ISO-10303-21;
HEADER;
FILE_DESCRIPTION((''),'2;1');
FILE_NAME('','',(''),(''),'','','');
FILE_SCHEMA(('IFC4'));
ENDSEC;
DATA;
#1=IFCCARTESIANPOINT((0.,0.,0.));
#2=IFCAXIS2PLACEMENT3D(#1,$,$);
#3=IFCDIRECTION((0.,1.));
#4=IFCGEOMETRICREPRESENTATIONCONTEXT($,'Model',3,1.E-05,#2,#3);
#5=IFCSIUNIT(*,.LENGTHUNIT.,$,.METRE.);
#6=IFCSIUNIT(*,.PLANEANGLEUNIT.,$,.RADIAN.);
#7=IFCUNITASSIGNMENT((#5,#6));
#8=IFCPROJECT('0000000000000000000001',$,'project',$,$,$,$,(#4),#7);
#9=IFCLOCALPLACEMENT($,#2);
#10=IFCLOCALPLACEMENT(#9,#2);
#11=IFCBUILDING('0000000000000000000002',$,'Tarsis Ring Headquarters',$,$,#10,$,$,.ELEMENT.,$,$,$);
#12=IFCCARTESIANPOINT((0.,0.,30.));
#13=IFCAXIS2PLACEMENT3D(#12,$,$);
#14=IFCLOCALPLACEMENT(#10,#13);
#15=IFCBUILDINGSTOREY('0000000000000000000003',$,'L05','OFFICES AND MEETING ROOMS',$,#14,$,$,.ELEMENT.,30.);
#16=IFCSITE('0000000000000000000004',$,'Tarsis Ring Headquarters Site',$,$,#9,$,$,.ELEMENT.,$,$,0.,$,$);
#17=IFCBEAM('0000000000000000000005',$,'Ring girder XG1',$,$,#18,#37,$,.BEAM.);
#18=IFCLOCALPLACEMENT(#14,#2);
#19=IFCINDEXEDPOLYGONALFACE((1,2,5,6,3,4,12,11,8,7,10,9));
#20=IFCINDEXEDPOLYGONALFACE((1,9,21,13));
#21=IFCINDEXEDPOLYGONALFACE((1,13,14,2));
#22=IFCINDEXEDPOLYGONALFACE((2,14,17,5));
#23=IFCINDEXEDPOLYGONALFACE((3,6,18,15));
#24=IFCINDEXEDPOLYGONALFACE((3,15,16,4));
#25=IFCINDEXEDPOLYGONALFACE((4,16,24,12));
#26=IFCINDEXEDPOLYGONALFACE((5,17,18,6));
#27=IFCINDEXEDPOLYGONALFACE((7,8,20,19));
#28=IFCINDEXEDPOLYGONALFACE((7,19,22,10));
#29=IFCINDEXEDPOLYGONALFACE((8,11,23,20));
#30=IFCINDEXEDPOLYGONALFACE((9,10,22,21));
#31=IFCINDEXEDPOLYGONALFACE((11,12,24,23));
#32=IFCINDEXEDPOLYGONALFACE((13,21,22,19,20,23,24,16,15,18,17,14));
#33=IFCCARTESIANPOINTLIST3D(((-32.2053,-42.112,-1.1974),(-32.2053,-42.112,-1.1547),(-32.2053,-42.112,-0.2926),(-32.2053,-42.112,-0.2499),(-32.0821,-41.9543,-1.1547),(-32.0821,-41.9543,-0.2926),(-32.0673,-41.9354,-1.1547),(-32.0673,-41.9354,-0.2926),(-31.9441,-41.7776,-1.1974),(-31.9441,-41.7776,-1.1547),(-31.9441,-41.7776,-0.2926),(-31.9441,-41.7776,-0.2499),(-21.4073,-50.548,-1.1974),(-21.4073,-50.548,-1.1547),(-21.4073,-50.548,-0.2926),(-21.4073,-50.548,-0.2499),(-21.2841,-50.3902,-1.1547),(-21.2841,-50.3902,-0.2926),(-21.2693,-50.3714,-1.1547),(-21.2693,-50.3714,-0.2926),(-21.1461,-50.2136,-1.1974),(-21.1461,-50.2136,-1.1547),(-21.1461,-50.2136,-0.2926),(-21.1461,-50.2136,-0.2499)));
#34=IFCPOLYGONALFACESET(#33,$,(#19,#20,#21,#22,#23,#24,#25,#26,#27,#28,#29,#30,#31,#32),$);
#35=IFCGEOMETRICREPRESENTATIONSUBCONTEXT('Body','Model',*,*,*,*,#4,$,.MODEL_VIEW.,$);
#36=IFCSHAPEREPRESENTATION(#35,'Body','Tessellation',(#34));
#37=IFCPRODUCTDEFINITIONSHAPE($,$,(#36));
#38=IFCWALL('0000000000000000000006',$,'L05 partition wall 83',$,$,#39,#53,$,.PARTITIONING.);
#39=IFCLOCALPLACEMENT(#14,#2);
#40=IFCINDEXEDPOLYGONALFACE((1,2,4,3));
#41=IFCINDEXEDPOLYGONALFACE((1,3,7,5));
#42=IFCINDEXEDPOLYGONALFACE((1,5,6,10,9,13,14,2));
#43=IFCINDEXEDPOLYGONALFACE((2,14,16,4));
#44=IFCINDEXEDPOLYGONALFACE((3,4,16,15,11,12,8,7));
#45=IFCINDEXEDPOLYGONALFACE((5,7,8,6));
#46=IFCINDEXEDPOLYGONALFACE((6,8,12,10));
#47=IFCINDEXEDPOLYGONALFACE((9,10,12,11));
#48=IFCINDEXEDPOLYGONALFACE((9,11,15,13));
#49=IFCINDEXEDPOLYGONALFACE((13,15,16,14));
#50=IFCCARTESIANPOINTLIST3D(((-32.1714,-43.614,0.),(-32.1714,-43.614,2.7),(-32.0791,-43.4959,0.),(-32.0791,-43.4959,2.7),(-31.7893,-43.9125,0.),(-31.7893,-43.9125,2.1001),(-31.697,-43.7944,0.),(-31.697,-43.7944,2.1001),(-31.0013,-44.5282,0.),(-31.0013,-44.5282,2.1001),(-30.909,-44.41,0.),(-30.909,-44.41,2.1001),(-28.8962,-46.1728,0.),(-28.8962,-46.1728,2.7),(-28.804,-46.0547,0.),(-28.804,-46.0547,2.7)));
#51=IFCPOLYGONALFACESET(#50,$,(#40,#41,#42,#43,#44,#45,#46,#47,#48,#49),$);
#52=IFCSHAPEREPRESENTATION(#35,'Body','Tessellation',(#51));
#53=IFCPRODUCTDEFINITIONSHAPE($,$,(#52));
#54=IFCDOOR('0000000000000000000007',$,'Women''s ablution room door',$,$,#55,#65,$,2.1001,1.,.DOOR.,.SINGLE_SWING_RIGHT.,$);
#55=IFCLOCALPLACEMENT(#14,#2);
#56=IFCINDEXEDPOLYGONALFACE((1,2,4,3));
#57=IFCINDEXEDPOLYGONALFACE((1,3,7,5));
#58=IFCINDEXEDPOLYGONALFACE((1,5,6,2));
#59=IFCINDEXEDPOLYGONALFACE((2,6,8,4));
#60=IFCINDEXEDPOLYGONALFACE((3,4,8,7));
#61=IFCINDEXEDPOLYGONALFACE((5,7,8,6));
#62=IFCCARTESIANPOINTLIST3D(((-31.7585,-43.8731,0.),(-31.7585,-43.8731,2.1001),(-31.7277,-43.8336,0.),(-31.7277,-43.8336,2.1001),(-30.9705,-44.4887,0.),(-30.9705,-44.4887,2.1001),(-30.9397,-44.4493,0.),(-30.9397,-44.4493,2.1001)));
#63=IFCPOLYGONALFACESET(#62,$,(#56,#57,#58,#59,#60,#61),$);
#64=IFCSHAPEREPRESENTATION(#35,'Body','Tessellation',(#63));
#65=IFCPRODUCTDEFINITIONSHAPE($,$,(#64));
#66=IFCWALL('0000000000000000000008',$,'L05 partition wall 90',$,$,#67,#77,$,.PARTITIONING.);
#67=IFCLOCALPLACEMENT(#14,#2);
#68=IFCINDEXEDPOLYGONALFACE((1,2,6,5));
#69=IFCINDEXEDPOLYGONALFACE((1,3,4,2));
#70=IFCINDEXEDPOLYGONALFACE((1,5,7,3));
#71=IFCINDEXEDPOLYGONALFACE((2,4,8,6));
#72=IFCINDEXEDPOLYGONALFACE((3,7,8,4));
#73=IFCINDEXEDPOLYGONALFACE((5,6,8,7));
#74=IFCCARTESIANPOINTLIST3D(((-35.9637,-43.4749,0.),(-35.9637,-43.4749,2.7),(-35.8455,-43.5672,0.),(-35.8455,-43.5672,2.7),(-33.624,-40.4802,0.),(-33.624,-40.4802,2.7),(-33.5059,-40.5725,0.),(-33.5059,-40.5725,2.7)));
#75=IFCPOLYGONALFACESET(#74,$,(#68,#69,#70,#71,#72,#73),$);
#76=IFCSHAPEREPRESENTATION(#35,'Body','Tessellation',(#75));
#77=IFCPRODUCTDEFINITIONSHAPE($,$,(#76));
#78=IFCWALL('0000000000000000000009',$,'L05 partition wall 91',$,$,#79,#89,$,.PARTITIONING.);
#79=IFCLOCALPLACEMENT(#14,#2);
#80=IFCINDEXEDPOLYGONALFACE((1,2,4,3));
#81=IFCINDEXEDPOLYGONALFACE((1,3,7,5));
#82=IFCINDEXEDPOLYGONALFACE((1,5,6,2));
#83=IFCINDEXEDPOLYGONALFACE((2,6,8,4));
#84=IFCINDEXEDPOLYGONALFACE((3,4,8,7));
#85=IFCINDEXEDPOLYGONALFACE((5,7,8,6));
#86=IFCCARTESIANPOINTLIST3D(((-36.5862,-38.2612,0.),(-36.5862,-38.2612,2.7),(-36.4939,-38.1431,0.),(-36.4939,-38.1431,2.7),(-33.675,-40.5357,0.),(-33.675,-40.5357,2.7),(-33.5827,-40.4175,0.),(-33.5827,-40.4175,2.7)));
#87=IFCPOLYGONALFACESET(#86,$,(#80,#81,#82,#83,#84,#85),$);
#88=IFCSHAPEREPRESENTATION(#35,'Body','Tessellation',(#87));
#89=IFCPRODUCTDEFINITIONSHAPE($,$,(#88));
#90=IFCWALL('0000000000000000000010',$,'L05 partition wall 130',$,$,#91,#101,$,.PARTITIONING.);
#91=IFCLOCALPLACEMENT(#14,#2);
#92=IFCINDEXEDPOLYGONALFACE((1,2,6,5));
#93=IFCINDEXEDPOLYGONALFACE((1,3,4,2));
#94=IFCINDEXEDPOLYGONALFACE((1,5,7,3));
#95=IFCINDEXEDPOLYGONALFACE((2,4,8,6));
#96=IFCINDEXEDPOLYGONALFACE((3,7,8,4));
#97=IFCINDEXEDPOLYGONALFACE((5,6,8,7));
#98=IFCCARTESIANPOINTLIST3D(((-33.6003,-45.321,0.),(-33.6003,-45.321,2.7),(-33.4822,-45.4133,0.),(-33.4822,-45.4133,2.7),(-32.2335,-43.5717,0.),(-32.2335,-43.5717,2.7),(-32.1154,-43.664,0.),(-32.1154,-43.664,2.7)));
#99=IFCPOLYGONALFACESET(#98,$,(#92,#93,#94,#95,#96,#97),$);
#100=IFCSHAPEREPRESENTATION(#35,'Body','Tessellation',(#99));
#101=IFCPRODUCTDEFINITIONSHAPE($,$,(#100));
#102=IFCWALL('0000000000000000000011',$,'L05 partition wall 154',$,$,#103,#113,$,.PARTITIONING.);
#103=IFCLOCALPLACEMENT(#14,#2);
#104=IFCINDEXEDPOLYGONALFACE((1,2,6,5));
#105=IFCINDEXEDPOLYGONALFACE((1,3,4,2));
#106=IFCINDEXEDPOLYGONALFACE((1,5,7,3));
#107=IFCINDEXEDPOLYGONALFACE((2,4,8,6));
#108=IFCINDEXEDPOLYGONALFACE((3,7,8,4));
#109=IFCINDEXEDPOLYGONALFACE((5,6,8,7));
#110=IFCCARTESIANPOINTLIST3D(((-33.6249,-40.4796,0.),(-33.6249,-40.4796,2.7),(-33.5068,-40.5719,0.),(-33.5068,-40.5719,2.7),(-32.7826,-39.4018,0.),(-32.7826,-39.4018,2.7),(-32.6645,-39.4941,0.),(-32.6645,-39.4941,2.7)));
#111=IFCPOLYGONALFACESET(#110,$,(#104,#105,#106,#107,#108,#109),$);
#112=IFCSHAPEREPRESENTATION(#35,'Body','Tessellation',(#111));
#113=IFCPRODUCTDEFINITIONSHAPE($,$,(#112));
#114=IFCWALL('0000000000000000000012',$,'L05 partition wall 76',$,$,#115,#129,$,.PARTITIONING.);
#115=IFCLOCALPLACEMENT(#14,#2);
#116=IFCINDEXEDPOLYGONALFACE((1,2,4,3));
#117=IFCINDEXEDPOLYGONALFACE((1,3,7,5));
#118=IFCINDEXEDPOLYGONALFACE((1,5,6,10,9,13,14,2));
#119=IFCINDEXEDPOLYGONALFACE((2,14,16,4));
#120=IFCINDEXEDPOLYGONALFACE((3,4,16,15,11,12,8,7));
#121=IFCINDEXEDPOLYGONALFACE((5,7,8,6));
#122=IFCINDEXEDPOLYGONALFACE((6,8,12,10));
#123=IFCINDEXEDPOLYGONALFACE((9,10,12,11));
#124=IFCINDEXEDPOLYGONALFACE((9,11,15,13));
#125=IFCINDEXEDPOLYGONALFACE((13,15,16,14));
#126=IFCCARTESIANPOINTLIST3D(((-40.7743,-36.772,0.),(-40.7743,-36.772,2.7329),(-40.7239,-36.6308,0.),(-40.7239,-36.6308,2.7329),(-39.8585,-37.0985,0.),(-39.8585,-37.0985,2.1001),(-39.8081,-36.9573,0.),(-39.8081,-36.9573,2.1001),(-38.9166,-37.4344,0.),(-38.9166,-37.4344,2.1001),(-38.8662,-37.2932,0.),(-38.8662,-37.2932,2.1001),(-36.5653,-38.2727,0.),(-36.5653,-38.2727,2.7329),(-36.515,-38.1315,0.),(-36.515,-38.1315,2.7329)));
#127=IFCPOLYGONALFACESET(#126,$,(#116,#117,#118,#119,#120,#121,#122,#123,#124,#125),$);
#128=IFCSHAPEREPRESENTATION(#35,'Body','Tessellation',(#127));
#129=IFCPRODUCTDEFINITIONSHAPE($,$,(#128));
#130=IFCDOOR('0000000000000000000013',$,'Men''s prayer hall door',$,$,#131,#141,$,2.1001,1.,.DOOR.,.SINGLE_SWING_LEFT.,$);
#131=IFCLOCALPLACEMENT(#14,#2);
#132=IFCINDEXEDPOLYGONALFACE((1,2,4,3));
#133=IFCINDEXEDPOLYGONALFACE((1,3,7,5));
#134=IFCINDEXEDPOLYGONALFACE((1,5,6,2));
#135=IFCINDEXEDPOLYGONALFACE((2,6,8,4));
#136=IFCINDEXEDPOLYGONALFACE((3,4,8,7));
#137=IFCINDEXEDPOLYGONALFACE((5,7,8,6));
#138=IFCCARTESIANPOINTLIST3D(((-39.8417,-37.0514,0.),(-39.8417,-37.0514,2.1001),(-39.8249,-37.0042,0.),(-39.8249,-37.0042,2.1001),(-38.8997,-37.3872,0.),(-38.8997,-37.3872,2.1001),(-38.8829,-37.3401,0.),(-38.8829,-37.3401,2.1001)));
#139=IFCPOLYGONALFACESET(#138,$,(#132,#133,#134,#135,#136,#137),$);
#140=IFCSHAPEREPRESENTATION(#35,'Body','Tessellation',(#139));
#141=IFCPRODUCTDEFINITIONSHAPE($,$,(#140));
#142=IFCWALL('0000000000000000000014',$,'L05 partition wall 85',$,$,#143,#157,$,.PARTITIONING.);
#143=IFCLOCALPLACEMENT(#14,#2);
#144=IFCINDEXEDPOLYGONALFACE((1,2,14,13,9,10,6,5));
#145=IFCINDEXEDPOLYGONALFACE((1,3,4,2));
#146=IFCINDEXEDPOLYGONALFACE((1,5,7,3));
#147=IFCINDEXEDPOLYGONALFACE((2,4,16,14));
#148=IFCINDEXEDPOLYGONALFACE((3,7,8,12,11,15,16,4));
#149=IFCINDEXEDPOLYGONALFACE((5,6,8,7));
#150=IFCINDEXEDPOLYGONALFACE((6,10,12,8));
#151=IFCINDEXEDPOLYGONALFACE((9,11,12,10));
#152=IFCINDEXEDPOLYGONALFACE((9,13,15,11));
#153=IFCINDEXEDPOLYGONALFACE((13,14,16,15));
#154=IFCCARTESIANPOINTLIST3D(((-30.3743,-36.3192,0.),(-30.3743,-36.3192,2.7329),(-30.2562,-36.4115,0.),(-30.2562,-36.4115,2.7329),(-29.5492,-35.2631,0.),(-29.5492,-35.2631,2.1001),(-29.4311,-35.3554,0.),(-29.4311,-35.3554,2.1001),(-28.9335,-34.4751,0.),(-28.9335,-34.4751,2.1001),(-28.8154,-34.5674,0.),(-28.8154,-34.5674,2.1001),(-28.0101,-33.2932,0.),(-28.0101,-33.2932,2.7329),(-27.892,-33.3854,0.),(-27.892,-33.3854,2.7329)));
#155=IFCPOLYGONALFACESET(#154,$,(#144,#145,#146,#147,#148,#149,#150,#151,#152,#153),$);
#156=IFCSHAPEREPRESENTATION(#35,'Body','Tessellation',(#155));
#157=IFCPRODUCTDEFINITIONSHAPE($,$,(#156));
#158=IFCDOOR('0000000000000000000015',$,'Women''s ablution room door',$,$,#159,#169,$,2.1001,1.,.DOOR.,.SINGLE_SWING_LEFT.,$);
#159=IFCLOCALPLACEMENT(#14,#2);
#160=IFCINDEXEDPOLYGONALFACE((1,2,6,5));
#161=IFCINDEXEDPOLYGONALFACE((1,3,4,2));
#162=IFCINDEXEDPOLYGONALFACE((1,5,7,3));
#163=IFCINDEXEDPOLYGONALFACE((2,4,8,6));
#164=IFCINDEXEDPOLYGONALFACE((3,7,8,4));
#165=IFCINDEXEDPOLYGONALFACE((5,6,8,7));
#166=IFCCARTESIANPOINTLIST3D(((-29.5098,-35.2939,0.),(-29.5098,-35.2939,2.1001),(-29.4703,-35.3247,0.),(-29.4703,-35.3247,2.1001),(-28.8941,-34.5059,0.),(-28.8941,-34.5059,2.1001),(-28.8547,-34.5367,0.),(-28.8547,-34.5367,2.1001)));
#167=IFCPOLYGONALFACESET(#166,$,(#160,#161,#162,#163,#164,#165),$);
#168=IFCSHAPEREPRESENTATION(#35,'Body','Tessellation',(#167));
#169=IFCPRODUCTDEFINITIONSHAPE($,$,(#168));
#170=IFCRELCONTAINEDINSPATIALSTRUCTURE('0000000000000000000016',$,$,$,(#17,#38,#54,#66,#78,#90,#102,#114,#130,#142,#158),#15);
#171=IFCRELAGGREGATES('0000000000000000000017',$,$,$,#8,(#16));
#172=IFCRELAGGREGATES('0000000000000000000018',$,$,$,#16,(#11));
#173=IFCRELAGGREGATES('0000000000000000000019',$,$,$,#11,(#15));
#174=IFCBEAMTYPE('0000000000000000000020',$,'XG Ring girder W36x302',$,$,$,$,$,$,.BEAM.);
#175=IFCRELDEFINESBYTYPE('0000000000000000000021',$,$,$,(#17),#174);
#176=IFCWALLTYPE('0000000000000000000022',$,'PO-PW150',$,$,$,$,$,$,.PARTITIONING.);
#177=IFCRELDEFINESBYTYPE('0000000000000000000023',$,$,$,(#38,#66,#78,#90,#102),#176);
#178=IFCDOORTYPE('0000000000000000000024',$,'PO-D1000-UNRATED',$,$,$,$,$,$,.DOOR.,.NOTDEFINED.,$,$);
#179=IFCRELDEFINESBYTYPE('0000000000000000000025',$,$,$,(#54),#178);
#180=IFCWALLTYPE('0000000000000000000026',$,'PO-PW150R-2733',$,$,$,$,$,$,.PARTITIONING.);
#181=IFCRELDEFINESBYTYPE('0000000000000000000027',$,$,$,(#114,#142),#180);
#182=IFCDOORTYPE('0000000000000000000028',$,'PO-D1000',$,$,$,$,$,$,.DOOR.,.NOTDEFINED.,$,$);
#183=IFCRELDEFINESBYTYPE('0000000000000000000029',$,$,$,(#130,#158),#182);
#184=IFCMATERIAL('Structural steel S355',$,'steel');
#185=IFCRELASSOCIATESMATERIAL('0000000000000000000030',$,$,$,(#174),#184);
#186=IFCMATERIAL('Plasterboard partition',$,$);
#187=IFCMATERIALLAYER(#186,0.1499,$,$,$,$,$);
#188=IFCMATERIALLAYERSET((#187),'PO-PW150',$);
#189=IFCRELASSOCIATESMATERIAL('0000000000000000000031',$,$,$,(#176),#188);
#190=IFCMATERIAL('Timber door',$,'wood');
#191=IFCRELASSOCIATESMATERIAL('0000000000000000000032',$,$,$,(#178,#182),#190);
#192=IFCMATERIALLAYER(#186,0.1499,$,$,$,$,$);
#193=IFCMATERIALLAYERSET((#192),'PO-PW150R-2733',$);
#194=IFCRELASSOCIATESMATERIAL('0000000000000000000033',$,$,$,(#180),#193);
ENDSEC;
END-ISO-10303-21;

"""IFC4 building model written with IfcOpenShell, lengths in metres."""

from ifc_helpers import new_model, si_unit, direction, frame, frame_2d, origin, origin_2d, place, context, subcontext, project, spatial, rectangle, i_section, extrude, material, layer, layer_set, material_profile, profile_set, type_object, element, fill, save


model = new_model("IFC4")

# Units and contexts
model_context = context("Model", 3, precision=1e-05, world=origin(), true_north=direction((0.0, 1.0)))
body_context = subcontext(model_context, "Body", "Model", "MODEL_VIEW")
ifc_project = project(units=[si_unit("LENGTHUNIT", "METRE"), si_unit("PLANEANGLEUNIT", "RADIAN")], contexts=[model_context])

# Site, building, storey
site_placement = place(None, origin())
site = spatial("IfcSite", under=ifc_project, at=site_placement, Name="Tarsis Ring Headquarters Site", CompositionType="ELEMENT", RefElevation=0.0)
building_placement = place(site_placement, origin())
building = spatial("IfcBuilding", under=site, at=building_placement, Name="Tarsis Ring Headquarters", CompositionType="ELEMENT")
storey_placement = place(building_placement, frame((0.0, 0.0, 30.0)))
storey = spatial("IfcBuildingStorey", under=building, at=storey_placement, Name="L05", Description="OFFICES AND MEETING ROOMS", CompositionType="ELEMENT", Elevation=30.0)

# Beam
ifc_material_1 = material(Name="Structural steel S355", Category="steel")
ifc_material_profile_1 = material_profile(ifc_material_1, i_section(OverallWidth=0.4243, OverallDepth=0.9475, WebThickness=0.0239, FlangeThickness=0.0427, at=origin_2d()), Name="W36x302")
ifc_profile_set_1 = profile_set([ifc_material_profile_1], Name="Structural steel S355")
beam_type_1 = type_object("IfcBeamType", Name="XG Ring girder W36x302", PredefinedType="BEAM", material=ifc_profile_set_1)
beam_1_placement = place(storey_placement, frame((-32.0747, -41.9448, -0.7236), z_axis=(0.788024, -0.615645, 0.0), x_axis=(0.615645, 0.788024, 0.0)))
element("IfcBeam", 1, at=beam_1_placement, inside=storey, type_object=beam_type_1, Name="Ring girder XG1", PredefinedType="BEAM", context=body_context, shape_type="SweptSolid", body=[
    extrude(i_section(OverallWidth=0.4243, OverallDepth=0.9475, WebThickness=0.0239, FlangeThickness=0.0427, at=origin_2d()), origin(), (0.0, 0.0, 1.0), 13.7026),
])

# Wall, opening, door
ifc_material_2 = material(Name="Plasterboard partition")
ifc_layer_1 = layer(ifc_material_2, 0.1499)
ifc_layer_set_1 = layer_set([ifc_layer_1], Name="PO-PW150")
wall_type_1 = type_object("IfcWallType", Name="PO-PW150", PredefinedType="PARTITIONING", material=ifc_layer_set_1)
wall_1_placement = place(storey_placement, frame((-28.8501, -46.1138, 0.0), z_axis=(0.0, 0.0, 1.0), x_axis=(-0.788009, 0.615663, 0.0)))
wall_1 = element("IfcWall", 2, at=wall_1_placement, inside=storey, type_object=wall_type_1, Name="L05 partition wall 83", PredefinedType="PARTITIONING", context=body_context, shape_type="SweptSolid", body=[
    extrude(rectangle(XDim=4.1562, YDim=0.1499, at=frame_2d((2.0781, 0.0))), origin(), (0.0, 0.0, 1.0), 2.7),
])
opening_1_placement = place(wall_1_placement, frame((2.6714, 0.0, 0.0)))
opening_1 = element("IfcOpeningElement", 3, at=opening_1_placement, cuts=wall_1, PredefinedType="OPENING", context=body_context, shape_type="SweptSolid", body=[
    extrude(rectangle(XDim=1.0, YDim=2.1001, at=frame_2d((0.5, 1.05))), frame((0.0, 0.085, 0.0), z_axis=(0.0, -1.0, 0.0), x_axis=(1.0, 0.0, 0.0)), (0.0, 0.0, 1.0), 0.1699),
])
ifc_material_3 = material(Name="Timber door", Category="wood")
door_type_1 = type_object("IfcDoorType", Name="PO-D1000-UNRATED", OperationType="NOTDEFINED", PredefinedType="DOOR", material=ifc_material_3)
door_1_placement = place(opening_1_placement, origin())
door_1 = element("IfcDoor", 4, at=door_1_placement, inside=storey, type_object=door_type_1, Name="Women's ablution room door", OperationType="SINGLE_SWING_RIGHT", OverallHeight=2.1001, OverallWidth=1.0, PredefinedType="DOOR", context=body_context, shape_type="SweptSolid", body=[
    extrude(rectangle(XDim=1.0, YDim=2.1001, at=frame_2d((0.5, 1.05))), frame((0.0, 0.0249, 0.0), z_axis=(0.0, -1.0, 0.0), x_axis=(1.0, 0.0, 0.0)), (0.0, 0.0, 1.0), 0.05),
])
fill(opening_1, door_1)

# Walls
wall_2_placement = place(storey_placement, frame((-33.5649, -40.5264, 0.0), z_axis=(0.0, 0.0, 1.0), x_axis=(-0.615652, -0.788019, 0.0)))
element("IfcWall", 5, at=wall_2_placement, inside=storey, type_object=wall_type_1, Name="L05 partition wall 90", PredefinedType="PARTITIONING", context=body_context, shape_type="SweptSolid", body=[
    extrude(rectangle(XDim=3.8003, YDim=0.1499, at=frame_2d((1.9001, 0.0))), origin(), (0.0, 0.0, 1.0), 2.7),
])
wall_3_placement = place(storey_placement, frame((-36.54, -38.2021, 0.0), z_axis=(0.0, 0.0, 1.0), x_axis=(0.788012, -0.615659, 0.0)))
element("IfcWall", 6, at=wall_3_placement, inside=storey, type_object=wall_type_1, Name="L05 partition wall 91", PredefinedType="PARTITIONING", context=body_context, shape_type="SweptSolid", body=[
    extrude(rectangle(XDim=3.6943, YDim=0.1499, at=frame_2d((1.8472, 0.0))), origin(), (0.0, 0.0, 1.0), 2.7),
])
wall_4_placement = place(storey_placement, frame((-32.1746, -43.6179, 0.0), z_axis=(0.0, 0.0, 1.0), x_axis=(-0.615668, -0.788006, 0.0)))
element("IfcWall", 7, at=wall_4_placement, inside=storey, type_object=wall_type_1, Name="L05 partition wall 130", PredefinedType="PARTITIONING", context=body_context, shape_type="SweptSolid", body=[
    extrude(rectangle(XDim=2.22, YDim=0.1499, at=frame_2d((1.1099, 0.0))), origin(), (0.0, 0.0, 1.0), 2.7),
])
wall_5_placement = place(storey_placement, frame((-33.5659, -40.5259, 0.0), z_axis=(0.0, 0.0, 1.0), x_axis=(0.615731, 0.787957, 0.0)))
element("IfcWall", 8, at=wall_5_placement, inside=storey, type_object=wall_type_1, Name="L05 partition wall 154", PredefinedType="PARTITIONING", context=body_context, shape_type="SweptSolid", body=[
    extrude(rectangle(XDim=1.3679, YDim=0.1499, at=frame_2d((0.6841, 0.0))), origin(), (0.0, 0.0, 1.0), 2.7),
])

# Walls, openings, doors
ifc_layer_2 = layer(ifc_material_2, 0.1499)
ifc_layer_set_2 = layer_set([ifc_layer_2], Name="PO-PW150R-2733")
wall_type_2 = type_object("IfcWallType", Name="PO-PW150R-2733", PredefinedType="PARTITIONING", material=ifc_layer_set_2)
wall_6_placement = place(storey_placement, frame((-36.54, -38.2021, 0.0), z_axis=(0.0, 0.0, 1.0), x_axis=(-0.941917, 0.335845, 0.0)))
wall_6 = element("IfcWall", 9, at=wall_6_placement, inside=storey, type_object=wall_type_2, Name="L05 partition wall 76", PredefinedType="PARTITIONING", context=body_context, shape_type="SweptSolid", body=[
    extrude(rectangle(XDim=4.4685, YDim=0.1499, at=frame_2d((2.2344, 0.0))), origin(), (0.0, 0.0, 1.0), 2.7329),
])
opening_2_placement = place(wall_6_placement, frame((2.4963, 0.0, 0.0)))
opening_2 = element("IfcOpeningElement", 10, at=opening_2_placement, cuts=wall_6, PredefinedType="OPENING", context=body_context, shape_type="SweptSolid", body=[
    extrude(rectangle(XDim=1.0, YDim=2.1001, at=frame_2d((0.5, 1.05))), frame((0.0, 0.085, 0.0), z_axis=(0.0, -1.0, 0.0), x_axis=(1.0, 0.0, 0.0)), (0.0, 0.0, 1.0), 0.1699),
])
door_type_2 = type_object("IfcDoorType", Name="PO-D1000", OperationType="NOTDEFINED", PredefinedType="DOOR", material=ifc_material_3)
door_2_placement = place(opening_2_placement, origin())
door_2 = element("IfcDoor", 11, at=door_2_placement, inside=storey, type_object=door_type_2, Name="Men's prayer hall door", OperationType="SINGLE_SWING_LEFT", OverallHeight=2.1001, OverallWidth=1.0, PredefinedType="DOOR", context=body_context, shape_type="SweptSolid", body=[
    extrude(rectangle(XDim=1.0, YDim=2.1001, at=frame_2d((0.5, 1.05))), frame((0.0, 0.0249, 0.0), z_axis=(0.0, -1.0, 0.0), x_axis=(1.0, 0.0, 0.0)), (0.0, 0.0, 1.0), 0.05),
])
fill(opening_2, door_2)
wall_7_placement = place(storey_placement, frame((-30.3152, -36.3652, 0.0), z_axis=(0.0, 0.0, 1.0), x_axis=(0.61566, 0.788012, 0.0)))
wall_7 = element("IfcWall", 12, at=wall_7_placement, inside=storey, type_object=wall_type_2, Name="L05 partition wall 85", PredefinedType="PARTITIONING", context=body_context, shape_type="SweptSolid", body=[
    extrude(rectangle(XDim=3.8401, YDim=0.1499, at=frame_2d((1.9199, 0.0))), origin(), (0.0, 0.0, 1.0), 2.7329),
])
opening_3_placement = place(wall_7_placement, frame((1.3401, 0.0, 0.0)))
opening_3 = element("IfcOpeningElement", 13, at=opening_3_placement, cuts=wall_7, PredefinedType="OPENING", context=body_context, shape_type="SweptSolid", body=[
    extrude(rectangle(XDim=1.0, YDim=2.1001, at=frame_2d((0.5, 1.05))), frame((0.0, 0.085, 0.0), z_axis=(0.0, -1.0, 0.0), x_axis=(1.0, 0.0, 0.0)), (0.0, 0.0, 1.0), 0.1699),
])
door_3_placement = place(opening_3_placement, origin())
door_3 = element("IfcDoor", 14, at=door_3_placement, inside=storey, type_object=door_type_2, Name="Women's ablution room door", OperationType="SINGLE_SWING_LEFT", OverallHeight=2.1001, OverallWidth=1.0, PredefinedType="DOOR", context=body_context, shape_type="SweptSolid", body=[
    extrude(rectangle(XDim=1.0, YDim=2.1001, at=frame_2d((0.5, 1.05))), frame((0.0, 0.0249, 0.0), z_axis=(0.0, -1.0, 0.0), x_axis=(1.0, 0.0, 0.0)), (0.0, 0.0, 1.0), 0.05),
])
fill(opening_3, door_3)

save(model, "model.ifc")
